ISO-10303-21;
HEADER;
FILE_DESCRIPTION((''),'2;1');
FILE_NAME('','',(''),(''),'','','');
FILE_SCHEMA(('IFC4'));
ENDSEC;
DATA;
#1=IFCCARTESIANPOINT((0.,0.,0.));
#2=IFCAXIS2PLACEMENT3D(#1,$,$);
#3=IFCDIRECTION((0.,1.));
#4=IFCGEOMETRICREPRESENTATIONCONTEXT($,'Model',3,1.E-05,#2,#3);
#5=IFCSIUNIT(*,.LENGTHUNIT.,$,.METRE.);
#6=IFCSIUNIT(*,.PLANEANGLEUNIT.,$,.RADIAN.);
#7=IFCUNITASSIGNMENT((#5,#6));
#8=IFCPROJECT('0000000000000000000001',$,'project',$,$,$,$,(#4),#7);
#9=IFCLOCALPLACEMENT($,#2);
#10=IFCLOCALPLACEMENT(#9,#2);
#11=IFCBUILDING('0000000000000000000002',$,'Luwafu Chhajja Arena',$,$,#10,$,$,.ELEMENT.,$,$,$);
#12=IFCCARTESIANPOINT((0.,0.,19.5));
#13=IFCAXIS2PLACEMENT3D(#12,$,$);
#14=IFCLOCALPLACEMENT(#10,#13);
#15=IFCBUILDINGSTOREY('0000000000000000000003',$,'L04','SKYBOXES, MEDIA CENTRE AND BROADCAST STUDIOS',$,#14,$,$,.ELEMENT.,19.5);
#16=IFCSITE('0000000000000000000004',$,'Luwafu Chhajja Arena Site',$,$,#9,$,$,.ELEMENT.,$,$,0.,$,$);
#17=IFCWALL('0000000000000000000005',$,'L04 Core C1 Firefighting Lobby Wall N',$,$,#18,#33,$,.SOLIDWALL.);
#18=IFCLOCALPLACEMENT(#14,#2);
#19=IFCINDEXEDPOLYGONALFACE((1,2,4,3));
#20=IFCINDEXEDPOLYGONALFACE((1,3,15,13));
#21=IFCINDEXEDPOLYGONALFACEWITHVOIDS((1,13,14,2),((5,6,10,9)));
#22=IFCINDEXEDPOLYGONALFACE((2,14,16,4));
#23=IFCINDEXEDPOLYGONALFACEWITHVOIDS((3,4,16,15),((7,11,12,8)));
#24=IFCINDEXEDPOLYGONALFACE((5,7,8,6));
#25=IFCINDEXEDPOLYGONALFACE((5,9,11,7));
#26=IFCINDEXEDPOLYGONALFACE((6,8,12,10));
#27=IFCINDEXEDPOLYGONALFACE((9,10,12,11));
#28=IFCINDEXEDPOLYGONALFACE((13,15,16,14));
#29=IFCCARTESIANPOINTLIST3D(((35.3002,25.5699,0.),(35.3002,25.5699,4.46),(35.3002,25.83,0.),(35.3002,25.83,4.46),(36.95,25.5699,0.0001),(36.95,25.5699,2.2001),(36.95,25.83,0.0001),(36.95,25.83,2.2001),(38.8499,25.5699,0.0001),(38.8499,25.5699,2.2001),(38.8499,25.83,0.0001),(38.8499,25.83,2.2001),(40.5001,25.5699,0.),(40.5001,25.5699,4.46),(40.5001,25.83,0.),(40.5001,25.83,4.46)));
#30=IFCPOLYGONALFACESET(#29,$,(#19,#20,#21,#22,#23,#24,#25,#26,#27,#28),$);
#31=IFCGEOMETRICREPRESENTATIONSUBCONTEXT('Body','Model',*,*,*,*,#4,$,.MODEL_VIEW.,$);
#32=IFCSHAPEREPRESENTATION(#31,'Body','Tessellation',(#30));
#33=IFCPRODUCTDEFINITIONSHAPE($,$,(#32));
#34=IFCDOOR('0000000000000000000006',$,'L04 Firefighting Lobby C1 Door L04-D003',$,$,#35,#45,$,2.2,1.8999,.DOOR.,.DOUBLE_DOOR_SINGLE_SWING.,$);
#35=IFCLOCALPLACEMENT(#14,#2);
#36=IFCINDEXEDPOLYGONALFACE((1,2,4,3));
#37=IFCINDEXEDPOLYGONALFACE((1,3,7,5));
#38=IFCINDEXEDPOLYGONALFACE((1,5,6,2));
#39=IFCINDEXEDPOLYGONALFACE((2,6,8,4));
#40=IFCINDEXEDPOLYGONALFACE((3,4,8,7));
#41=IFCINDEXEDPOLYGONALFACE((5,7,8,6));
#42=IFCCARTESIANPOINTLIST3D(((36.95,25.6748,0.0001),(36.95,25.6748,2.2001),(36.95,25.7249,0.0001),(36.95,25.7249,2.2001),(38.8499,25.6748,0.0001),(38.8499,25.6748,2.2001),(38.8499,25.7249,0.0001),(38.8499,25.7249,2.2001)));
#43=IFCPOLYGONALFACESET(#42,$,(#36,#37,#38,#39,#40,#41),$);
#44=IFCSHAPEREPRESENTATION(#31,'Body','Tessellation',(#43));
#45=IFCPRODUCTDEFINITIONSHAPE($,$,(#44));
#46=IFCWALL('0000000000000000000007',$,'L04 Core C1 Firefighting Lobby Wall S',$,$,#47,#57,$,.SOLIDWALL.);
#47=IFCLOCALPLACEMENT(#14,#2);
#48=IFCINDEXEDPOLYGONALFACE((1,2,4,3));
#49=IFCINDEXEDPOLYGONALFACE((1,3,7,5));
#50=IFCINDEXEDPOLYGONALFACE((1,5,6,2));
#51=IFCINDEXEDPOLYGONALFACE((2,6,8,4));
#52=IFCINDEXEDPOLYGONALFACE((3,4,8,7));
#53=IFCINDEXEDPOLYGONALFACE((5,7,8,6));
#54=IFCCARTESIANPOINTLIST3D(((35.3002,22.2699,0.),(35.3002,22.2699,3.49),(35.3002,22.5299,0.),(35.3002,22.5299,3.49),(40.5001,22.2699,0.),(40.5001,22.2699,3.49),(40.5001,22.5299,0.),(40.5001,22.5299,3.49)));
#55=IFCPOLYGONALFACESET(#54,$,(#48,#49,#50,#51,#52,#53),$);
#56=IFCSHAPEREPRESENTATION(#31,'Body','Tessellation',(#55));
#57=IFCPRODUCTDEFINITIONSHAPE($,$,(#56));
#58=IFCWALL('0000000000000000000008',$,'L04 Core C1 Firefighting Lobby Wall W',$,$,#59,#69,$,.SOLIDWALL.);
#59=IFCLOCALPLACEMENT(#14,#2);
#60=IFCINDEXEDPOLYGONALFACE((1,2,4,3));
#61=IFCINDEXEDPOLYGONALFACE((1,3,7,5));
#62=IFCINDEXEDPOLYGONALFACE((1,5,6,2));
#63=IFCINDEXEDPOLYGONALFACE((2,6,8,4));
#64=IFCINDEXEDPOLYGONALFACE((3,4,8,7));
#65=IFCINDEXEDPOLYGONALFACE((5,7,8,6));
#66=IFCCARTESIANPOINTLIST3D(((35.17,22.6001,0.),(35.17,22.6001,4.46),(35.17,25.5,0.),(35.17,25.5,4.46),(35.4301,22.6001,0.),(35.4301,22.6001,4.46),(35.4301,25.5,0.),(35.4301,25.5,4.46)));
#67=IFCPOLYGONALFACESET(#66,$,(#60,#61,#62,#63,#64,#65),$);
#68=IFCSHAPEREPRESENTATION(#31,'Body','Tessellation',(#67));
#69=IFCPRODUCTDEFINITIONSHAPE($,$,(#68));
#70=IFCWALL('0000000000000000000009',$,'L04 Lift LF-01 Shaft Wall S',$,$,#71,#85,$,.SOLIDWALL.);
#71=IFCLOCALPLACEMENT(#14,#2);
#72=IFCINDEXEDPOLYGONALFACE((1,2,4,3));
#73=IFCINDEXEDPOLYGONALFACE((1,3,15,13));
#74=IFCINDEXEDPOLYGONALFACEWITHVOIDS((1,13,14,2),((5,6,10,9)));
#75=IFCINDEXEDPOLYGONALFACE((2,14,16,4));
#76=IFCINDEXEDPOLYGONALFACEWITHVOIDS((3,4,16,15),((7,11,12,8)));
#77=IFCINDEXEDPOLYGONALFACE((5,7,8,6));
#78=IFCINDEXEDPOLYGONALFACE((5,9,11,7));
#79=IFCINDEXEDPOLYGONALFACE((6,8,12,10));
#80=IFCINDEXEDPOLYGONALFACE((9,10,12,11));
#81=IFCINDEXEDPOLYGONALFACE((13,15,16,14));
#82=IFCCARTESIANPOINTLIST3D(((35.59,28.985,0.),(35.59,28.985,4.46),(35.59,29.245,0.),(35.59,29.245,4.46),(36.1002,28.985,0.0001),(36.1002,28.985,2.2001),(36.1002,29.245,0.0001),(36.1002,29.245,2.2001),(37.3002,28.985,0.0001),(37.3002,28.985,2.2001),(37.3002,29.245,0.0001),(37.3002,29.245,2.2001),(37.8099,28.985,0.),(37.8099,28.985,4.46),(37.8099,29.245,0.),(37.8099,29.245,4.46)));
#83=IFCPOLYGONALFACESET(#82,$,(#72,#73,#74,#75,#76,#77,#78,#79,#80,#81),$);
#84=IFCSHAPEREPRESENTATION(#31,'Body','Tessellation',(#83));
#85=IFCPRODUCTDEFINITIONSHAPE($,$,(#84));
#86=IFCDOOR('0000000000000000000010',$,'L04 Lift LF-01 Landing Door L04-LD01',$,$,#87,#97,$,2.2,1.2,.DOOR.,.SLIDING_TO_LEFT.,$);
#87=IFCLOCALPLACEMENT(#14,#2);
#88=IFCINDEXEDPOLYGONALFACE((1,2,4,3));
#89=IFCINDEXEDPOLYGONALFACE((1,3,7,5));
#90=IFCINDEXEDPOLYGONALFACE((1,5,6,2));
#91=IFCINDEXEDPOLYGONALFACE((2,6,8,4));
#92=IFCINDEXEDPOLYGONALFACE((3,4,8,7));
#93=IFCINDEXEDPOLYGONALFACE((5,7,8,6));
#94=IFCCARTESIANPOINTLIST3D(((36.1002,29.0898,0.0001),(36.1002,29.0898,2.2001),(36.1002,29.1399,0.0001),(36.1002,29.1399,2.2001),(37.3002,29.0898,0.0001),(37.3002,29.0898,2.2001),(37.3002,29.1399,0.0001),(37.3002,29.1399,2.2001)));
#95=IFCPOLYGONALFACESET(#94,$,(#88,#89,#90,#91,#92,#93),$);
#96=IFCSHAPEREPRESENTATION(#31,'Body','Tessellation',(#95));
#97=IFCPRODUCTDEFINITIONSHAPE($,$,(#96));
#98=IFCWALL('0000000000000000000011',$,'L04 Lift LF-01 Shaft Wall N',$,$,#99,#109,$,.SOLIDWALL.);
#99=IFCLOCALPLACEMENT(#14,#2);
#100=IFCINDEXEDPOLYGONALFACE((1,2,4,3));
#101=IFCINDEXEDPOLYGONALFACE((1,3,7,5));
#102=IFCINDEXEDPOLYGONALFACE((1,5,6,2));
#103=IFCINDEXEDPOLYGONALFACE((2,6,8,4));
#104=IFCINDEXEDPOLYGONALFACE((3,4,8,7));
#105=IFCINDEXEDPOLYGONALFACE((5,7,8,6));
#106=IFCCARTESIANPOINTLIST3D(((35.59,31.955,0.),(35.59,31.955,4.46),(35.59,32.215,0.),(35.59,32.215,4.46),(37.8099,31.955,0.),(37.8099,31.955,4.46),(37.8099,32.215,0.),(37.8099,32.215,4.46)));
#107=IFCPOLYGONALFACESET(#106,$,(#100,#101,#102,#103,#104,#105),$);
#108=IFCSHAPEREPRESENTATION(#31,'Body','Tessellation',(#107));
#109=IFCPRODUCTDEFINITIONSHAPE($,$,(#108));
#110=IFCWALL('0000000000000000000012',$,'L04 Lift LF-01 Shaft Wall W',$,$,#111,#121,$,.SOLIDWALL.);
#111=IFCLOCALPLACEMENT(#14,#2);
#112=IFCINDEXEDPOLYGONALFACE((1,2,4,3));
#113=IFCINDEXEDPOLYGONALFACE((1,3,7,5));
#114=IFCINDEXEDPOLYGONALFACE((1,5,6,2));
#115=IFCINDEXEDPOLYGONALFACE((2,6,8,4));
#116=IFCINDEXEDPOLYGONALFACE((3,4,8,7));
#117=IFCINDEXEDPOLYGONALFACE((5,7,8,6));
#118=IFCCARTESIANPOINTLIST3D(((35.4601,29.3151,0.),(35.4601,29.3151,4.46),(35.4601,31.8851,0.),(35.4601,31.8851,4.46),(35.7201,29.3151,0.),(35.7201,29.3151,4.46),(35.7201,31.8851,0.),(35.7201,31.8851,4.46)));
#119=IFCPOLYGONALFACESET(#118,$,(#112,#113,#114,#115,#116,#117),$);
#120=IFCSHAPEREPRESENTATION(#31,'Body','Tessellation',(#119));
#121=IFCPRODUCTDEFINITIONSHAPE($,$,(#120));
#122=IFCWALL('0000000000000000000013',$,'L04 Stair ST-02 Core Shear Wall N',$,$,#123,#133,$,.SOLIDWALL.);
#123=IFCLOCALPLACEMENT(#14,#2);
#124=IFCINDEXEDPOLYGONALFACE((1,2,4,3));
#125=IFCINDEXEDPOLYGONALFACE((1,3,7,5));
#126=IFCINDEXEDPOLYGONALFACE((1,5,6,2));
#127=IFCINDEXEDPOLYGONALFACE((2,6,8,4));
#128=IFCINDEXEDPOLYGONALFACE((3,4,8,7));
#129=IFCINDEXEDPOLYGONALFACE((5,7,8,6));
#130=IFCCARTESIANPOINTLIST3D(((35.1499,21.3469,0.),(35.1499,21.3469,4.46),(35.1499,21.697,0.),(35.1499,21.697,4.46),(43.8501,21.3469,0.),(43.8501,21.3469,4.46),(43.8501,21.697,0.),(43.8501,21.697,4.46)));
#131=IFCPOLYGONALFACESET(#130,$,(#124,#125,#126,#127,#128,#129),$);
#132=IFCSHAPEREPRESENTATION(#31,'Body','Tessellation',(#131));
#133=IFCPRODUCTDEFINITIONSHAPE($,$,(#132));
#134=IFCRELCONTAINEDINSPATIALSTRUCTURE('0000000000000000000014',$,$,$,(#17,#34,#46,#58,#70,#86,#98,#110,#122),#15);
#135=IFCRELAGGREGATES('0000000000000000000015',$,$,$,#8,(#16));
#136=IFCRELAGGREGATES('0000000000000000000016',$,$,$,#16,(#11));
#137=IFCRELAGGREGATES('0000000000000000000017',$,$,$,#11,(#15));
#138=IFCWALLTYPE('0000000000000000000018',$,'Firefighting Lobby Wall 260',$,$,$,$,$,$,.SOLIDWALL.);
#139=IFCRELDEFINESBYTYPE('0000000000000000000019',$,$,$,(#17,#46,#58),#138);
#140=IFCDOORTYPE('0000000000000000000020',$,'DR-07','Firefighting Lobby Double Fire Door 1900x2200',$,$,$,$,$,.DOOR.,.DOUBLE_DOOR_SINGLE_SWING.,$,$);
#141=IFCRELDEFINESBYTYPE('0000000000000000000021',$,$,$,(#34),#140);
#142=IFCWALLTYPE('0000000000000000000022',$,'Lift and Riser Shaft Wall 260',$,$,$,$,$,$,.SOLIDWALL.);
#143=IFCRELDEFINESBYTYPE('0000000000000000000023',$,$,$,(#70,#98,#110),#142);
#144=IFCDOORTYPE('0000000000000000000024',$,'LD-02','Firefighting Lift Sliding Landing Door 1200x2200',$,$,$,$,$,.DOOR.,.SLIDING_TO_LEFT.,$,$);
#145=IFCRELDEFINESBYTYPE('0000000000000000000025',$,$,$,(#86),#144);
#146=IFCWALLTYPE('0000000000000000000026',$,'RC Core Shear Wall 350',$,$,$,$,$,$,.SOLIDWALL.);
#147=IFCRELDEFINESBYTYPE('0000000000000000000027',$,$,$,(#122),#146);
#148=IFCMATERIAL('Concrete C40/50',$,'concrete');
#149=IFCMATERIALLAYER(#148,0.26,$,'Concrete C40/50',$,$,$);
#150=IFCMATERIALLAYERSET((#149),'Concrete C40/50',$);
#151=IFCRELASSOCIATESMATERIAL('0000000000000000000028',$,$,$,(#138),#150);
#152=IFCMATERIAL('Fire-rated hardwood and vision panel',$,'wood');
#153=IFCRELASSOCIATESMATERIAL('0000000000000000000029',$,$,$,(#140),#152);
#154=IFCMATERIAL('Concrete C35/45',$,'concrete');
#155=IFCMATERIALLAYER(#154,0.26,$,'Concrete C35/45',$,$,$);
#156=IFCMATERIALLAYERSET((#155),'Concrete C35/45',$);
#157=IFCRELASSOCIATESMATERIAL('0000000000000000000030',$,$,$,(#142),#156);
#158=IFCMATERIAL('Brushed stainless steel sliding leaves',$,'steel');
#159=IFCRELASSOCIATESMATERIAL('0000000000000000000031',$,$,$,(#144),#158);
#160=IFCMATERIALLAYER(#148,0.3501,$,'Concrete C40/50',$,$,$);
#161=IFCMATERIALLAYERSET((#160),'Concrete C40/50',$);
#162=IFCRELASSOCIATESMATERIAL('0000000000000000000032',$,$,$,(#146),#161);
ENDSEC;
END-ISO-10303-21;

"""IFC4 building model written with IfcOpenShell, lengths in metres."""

from ifc_helpers import new_model, si_unit, direction, frame, frame_2d, origin, place, context, subcontext, project, spatial, rectangle, extrude, material, layer, layer_set, type_object, element, fill, save


model = new_model("IFC4")

# Units and contexts
model_context = context("Model", 3, precision=1e-05, world=origin(), true_north=direction((0.0, 1.0)))
body_context = subcontext(model_context, "Body", "Model", "MODEL_VIEW")
ifc_project = project(units=[si_unit("LENGTHUNIT", "METRE"), si_unit("PLANEANGLEUNIT", "RADIAN")], contexts=[model_context])

# Site, building, storey
site_placement = place(None, origin())
site = spatial("IfcSite", under=ifc_project, at=site_placement, Name="Luwafu Chhajja Arena Site", CompositionType="ELEMENT", RefElevation=0.0)
building_placement = place(site_placement, origin())
building = spatial("IfcBuilding", under=site, at=building_placement, Name="Luwafu Chhajja Arena", CompositionType="ELEMENT")
storey_placement = place(building_placement, frame((0.0, 0.0, 19.5)))
storey = spatial("IfcBuildingStorey", under=building, at=storey_placement, Name="L04", Description="SKYBOXES, MEDIA CENTRE AND BROADCAST STUDIOS", CompositionType="ELEMENT", Elevation=19.5)

# Wall, opening, door
ifc_material_1 = material(Name="Concrete C40/50", Category="concrete")
ifc_layer_1 = layer(ifc_material_1, 0.26, Name="Concrete C40/50")
ifc_layer_set_1 = layer_set([ifc_layer_1], Name="Concrete C40/50")
wall_type_1 = type_object("IfcWallType", Name="Firefighting Lobby Wall 260", PredefinedType="SOLIDWALL", material=ifc_layer_set_1)
wall_1_placement = place(storey_placement, frame((35.3, 25.7, 0.0), z_axis=(0.0, 0.0, 1.0), x_axis=(1.0, 0.0, 0.0)))
wall_1 = element("IfcWall", 1, at=wall_1_placement, inside=storey, type_object=wall_type_1, Name="L04 Core C1 Firefighting Lobby Wall N", PredefinedType="SOLIDWALL", context=body_context, shape_type="SweptSolid", body=[
    extrude(rectangle(XDim=5.2, YDim=0.26, at=frame_2d((2.6001, 0.0))), origin(), (0.0, 0.0, 1.0), 4.46),
])
opening_1_placement = place(wall_1_placement, frame((1.6499, 0.0, 0.0)))
opening_1 = element("IfcOpeningElement", 2, at=opening_1_placement, cuts=wall_1, PredefinedType="OPENING", context=body_context, shape_type="SweptSolid", body=[
    extrude(rectangle(XDim=1.8999, YDim=2.2, at=frame_2d((0.95, 1.1001))), frame((0.0, 0.1399, 0.0), z_axis=(0.0, -1.0, 0.0), x_axis=(1.0, 0.0, 0.0)), (0.0, 0.0, 1.0), 0.28),
])
ifc_material_2 = material(Name="Fire-rated hardwood and vision panel", Category="wood")
door_type_1 = type_object("IfcDoorType", Name="DR-07", Description="Firefighting Lobby Double Fire Door 1900x2200", OperationType="DOUBLE_DOOR_SINGLE_SWING", PredefinedType="DOOR", material=ifc_material_2)
door_1_placement = place(opening_1_placement, origin())
door_1 = element("IfcDoor", 3, at=door_1_placement, inside=storey, type_object=door_type_1, Name="L04 Firefighting Lobby C1 Door L04-D003", OperationType="DOUBLE_DOOR_SINGLE_SWING", OverallHeight=2.2, OverallWidth=1.8999, PredefinedType="DOOR", context=body_context, shape_type="SweptSolid", body=[
    extrude(rectangle(XDim=1.8999, YDim=2.2, at=frame_2d((0.95, 1.1001))), frame((0.0, 0.0249, 0.0), z_axis=(0.0, -1.0, 0.0), x_axis=(1.0, 0.0, 0.0)), (0.0, 0.0, 1.0), 0.05),
])
fill(opening_1, door_1)

# Walls
wall_2_placement = place(storey_placement, frame((35.3, 22.3999, 0.0), z_axis=(0.0, 0.0, 1.0), x_axis=(1.0, 0.0, 0.0)))
element("IfcWall", 4, at=wall_2_placement, inside=storey, type_object=wall_type_1, Name="L04 Core C1 Firefighting Lobby Wall S", PredefinedType="SOLIDWALL", context=body_context, shape_type="SweptSolid", body=[
    extrude(rectangle(XDim=5.2, YDim=0.26, at=frame_2d((2.6001, 0.0))), origin(), (0.0, 0.0, 1.0), 3.49),
])
wall_3_placement = place(storey_placement, frame((35.3, 22.6001, 0.0), z_axis=(0.0, 0.0, 1.0), x_axis=(0.0, 1.0, 0.0)))
element("IfcWall", 5, at=wall_3_placement, inside=storey, type_object=wall_type_1, Name="L04 Core C1 Firefighting Lobby Wall W", PredefinedType="SOLIDWALL", context=body_context, shape_type="SweptSolid", body=[
    extrude(rectangle(XDim=2.8999, YDim=0.26, at=frame_2d((1.45, 0.0))), origin(), (0.0, 0.0, 1.0), 4.46),
])

# Wall, opening, door
ifc_material_3 = material(Name="Concrete C35/45", Category="concrete")
ifc_layer_2 = layer(ifc_material_3, 0.26, Name="Concrete C35/45")
ifc_layer_set_2 = layer_set([ifc_layer_2], Name="Concrete C35/45")
wall_type_2 = type_object("IfcWallType", Name="Lift and Riser Shaft Wall 260", PredefinedType="SOLIDWALL", material=ifc_layer_set_2)
wall_4_placement = place(storey_placement, frame((35.5901, 29.115, 0.0), z_axis=(0.0, 0.0, 1.0), x_axis=(1.0, 0.0, 0.0)))
wall_4 = element("IfcWall", 6, at=wall_4_placement, inside=storey, type_object=wall_type_2, Name="L04 Lift LF-01 Shaft Wall S", PredefinedType="SOLIDWALL", context=body_context, shape_type="SweptSolid", body=[
    extrude(rectangle(XDim=2.22, YDim=0.26, at=frame_2d((1.1099, 0.0))), origin(), (0.0, 0.0, 1.0), 4.46),
])
opening_2_placement = place(wall_4_placement, frame((0.51, 0.0, 0.0)))
opening_2 = element("IfcOpeningElement", 7, at=opening_2_placement, cuts=wall_4, PredefinedType="OPENING", context=body_context, shape_type="SweptSolid", body=[
    extrude(rectangle(XDim=1.2, YDim=2.2, at=frame_2d((0.6001, 1.1001))), frame((0.0, 0.1399, 0.0), z_axis=(0.0, -1.0, 0.0), x_axis=(1.0, 0.0, 0.0)), (0.0, 0.0, 1.0), 0.28),
])
ifc_material_4 = material(Name="Brushed stainless steel sliding leaves", Category="steel")
door_type_2 = type_object("IfcDoorType", Name="LD-02", Description="Firefighting Lift Sliding Landing Door 1200x2200", OperationType="SLIDING_TO_LEFT", PredefinedType="DOOR", material=ifc_material_4)
door_2_placement = place(opening_2_placement, origin())
door_2 = element("IfcDoor", 8, at=door_2_placement, inside=storey, type_object=door_type_2, Name="L04 Lift LF-01 Landing Door L04-LD01", OperationType="SLIDING_TO_LEFT", OverallHeight=2.2, OverallWidth=1.2, PredefinedType="DOOR", context=body_context, shape_type="SweptSolid", body=[
    extrude(rectangle(XDim=1.2, YDim=2.2, at=frame_2d((0.6001, 1.1001))), frame((0.0, 0.0249, 0.0), z_axis=(0.0, -1.0, 0.0), x_axis=(1.0, 0.0, 0.0)), (0.0, 0.0, 1.0), 0.05),
])
fill(opening_2, door_2)

# Walls
wall_5_placement = place(storey_placement, frame((35.5901, 32.085, 0.0), z_axis=(0.0, 0.0, 1.0), x_axis=(1.0, 0.0, 0.0)))
element("IfcWall", 9, at=wall_5_placement, inside=storey, type_object=wall_type_2, Name="L04 Lift LF-01 Shaft Wall N", PredefinedType="SOLIDWALL", context=body_context, shape_type="SweptSolid", body=[
    extrude(rectangle(XDim=2.22, YDim=0.26, at=frame_2d((1.1099, 0.0))), origin(), (0.0, 0.0, 1.0), 4.46),
])
wall_6_placement = place(storey_placement, frame((35.5901, 29.3149, 0.0), z_axis=(0.0, 0.0, 1.0), x_axis=(0.0, 1.0, 0.0)))
element("IfcWall", 10, at=wall_6_placement, inside=storey, type_object=wall_type_2, Name="L04 Lift LF-01 Shaft Wall W", PredefinedType="SOLIDWALL", context=body_context, shape_type="SweptSolid", body=[
    extrude(rectangle(XDim=2.5701, YDim=0.26, at=frame_2d((1.2852, 0.0))), origin(), (0.0, 0.0, 1.0), 4.46),
])
ifc_layer_3 = layer(ifc_material_1, 0.3501, Name="Concrete C40/50")
ifc_layer_set_3 = layer_set([ifc_layer_3], Name="Concrete C40/50")
wall_type_3 = type_object("IfcWallType", Name="RC Core Shear Wall 350", PredefinedType="SOLIDWALL", material=ifc_layer_set_3)
wall_7_placement = place(storey_placement, frame((35.1499, 21.522, 0.0), z_axis=(0.0, 0.0, 1.0), x_axis=(1.0, 0.0, 0.0)))
element("IfcWall", 11, at=wall_7_placement, inside=storey, type_object=wall_type_3, Name="L04 Stair ST-02 Core Shear Wall N", PredefinedType="SOLIDWALL", context=body_context, shape_type="SweptSolid", body=[
    extrude(rectangle(XDim=8.7002, YDim=0.3501, at=frame_2d((4.3501, 0.0))), origin(), (0.0, 0.0, 1.0), 4.46),
])

save(model, "model.ifc")
